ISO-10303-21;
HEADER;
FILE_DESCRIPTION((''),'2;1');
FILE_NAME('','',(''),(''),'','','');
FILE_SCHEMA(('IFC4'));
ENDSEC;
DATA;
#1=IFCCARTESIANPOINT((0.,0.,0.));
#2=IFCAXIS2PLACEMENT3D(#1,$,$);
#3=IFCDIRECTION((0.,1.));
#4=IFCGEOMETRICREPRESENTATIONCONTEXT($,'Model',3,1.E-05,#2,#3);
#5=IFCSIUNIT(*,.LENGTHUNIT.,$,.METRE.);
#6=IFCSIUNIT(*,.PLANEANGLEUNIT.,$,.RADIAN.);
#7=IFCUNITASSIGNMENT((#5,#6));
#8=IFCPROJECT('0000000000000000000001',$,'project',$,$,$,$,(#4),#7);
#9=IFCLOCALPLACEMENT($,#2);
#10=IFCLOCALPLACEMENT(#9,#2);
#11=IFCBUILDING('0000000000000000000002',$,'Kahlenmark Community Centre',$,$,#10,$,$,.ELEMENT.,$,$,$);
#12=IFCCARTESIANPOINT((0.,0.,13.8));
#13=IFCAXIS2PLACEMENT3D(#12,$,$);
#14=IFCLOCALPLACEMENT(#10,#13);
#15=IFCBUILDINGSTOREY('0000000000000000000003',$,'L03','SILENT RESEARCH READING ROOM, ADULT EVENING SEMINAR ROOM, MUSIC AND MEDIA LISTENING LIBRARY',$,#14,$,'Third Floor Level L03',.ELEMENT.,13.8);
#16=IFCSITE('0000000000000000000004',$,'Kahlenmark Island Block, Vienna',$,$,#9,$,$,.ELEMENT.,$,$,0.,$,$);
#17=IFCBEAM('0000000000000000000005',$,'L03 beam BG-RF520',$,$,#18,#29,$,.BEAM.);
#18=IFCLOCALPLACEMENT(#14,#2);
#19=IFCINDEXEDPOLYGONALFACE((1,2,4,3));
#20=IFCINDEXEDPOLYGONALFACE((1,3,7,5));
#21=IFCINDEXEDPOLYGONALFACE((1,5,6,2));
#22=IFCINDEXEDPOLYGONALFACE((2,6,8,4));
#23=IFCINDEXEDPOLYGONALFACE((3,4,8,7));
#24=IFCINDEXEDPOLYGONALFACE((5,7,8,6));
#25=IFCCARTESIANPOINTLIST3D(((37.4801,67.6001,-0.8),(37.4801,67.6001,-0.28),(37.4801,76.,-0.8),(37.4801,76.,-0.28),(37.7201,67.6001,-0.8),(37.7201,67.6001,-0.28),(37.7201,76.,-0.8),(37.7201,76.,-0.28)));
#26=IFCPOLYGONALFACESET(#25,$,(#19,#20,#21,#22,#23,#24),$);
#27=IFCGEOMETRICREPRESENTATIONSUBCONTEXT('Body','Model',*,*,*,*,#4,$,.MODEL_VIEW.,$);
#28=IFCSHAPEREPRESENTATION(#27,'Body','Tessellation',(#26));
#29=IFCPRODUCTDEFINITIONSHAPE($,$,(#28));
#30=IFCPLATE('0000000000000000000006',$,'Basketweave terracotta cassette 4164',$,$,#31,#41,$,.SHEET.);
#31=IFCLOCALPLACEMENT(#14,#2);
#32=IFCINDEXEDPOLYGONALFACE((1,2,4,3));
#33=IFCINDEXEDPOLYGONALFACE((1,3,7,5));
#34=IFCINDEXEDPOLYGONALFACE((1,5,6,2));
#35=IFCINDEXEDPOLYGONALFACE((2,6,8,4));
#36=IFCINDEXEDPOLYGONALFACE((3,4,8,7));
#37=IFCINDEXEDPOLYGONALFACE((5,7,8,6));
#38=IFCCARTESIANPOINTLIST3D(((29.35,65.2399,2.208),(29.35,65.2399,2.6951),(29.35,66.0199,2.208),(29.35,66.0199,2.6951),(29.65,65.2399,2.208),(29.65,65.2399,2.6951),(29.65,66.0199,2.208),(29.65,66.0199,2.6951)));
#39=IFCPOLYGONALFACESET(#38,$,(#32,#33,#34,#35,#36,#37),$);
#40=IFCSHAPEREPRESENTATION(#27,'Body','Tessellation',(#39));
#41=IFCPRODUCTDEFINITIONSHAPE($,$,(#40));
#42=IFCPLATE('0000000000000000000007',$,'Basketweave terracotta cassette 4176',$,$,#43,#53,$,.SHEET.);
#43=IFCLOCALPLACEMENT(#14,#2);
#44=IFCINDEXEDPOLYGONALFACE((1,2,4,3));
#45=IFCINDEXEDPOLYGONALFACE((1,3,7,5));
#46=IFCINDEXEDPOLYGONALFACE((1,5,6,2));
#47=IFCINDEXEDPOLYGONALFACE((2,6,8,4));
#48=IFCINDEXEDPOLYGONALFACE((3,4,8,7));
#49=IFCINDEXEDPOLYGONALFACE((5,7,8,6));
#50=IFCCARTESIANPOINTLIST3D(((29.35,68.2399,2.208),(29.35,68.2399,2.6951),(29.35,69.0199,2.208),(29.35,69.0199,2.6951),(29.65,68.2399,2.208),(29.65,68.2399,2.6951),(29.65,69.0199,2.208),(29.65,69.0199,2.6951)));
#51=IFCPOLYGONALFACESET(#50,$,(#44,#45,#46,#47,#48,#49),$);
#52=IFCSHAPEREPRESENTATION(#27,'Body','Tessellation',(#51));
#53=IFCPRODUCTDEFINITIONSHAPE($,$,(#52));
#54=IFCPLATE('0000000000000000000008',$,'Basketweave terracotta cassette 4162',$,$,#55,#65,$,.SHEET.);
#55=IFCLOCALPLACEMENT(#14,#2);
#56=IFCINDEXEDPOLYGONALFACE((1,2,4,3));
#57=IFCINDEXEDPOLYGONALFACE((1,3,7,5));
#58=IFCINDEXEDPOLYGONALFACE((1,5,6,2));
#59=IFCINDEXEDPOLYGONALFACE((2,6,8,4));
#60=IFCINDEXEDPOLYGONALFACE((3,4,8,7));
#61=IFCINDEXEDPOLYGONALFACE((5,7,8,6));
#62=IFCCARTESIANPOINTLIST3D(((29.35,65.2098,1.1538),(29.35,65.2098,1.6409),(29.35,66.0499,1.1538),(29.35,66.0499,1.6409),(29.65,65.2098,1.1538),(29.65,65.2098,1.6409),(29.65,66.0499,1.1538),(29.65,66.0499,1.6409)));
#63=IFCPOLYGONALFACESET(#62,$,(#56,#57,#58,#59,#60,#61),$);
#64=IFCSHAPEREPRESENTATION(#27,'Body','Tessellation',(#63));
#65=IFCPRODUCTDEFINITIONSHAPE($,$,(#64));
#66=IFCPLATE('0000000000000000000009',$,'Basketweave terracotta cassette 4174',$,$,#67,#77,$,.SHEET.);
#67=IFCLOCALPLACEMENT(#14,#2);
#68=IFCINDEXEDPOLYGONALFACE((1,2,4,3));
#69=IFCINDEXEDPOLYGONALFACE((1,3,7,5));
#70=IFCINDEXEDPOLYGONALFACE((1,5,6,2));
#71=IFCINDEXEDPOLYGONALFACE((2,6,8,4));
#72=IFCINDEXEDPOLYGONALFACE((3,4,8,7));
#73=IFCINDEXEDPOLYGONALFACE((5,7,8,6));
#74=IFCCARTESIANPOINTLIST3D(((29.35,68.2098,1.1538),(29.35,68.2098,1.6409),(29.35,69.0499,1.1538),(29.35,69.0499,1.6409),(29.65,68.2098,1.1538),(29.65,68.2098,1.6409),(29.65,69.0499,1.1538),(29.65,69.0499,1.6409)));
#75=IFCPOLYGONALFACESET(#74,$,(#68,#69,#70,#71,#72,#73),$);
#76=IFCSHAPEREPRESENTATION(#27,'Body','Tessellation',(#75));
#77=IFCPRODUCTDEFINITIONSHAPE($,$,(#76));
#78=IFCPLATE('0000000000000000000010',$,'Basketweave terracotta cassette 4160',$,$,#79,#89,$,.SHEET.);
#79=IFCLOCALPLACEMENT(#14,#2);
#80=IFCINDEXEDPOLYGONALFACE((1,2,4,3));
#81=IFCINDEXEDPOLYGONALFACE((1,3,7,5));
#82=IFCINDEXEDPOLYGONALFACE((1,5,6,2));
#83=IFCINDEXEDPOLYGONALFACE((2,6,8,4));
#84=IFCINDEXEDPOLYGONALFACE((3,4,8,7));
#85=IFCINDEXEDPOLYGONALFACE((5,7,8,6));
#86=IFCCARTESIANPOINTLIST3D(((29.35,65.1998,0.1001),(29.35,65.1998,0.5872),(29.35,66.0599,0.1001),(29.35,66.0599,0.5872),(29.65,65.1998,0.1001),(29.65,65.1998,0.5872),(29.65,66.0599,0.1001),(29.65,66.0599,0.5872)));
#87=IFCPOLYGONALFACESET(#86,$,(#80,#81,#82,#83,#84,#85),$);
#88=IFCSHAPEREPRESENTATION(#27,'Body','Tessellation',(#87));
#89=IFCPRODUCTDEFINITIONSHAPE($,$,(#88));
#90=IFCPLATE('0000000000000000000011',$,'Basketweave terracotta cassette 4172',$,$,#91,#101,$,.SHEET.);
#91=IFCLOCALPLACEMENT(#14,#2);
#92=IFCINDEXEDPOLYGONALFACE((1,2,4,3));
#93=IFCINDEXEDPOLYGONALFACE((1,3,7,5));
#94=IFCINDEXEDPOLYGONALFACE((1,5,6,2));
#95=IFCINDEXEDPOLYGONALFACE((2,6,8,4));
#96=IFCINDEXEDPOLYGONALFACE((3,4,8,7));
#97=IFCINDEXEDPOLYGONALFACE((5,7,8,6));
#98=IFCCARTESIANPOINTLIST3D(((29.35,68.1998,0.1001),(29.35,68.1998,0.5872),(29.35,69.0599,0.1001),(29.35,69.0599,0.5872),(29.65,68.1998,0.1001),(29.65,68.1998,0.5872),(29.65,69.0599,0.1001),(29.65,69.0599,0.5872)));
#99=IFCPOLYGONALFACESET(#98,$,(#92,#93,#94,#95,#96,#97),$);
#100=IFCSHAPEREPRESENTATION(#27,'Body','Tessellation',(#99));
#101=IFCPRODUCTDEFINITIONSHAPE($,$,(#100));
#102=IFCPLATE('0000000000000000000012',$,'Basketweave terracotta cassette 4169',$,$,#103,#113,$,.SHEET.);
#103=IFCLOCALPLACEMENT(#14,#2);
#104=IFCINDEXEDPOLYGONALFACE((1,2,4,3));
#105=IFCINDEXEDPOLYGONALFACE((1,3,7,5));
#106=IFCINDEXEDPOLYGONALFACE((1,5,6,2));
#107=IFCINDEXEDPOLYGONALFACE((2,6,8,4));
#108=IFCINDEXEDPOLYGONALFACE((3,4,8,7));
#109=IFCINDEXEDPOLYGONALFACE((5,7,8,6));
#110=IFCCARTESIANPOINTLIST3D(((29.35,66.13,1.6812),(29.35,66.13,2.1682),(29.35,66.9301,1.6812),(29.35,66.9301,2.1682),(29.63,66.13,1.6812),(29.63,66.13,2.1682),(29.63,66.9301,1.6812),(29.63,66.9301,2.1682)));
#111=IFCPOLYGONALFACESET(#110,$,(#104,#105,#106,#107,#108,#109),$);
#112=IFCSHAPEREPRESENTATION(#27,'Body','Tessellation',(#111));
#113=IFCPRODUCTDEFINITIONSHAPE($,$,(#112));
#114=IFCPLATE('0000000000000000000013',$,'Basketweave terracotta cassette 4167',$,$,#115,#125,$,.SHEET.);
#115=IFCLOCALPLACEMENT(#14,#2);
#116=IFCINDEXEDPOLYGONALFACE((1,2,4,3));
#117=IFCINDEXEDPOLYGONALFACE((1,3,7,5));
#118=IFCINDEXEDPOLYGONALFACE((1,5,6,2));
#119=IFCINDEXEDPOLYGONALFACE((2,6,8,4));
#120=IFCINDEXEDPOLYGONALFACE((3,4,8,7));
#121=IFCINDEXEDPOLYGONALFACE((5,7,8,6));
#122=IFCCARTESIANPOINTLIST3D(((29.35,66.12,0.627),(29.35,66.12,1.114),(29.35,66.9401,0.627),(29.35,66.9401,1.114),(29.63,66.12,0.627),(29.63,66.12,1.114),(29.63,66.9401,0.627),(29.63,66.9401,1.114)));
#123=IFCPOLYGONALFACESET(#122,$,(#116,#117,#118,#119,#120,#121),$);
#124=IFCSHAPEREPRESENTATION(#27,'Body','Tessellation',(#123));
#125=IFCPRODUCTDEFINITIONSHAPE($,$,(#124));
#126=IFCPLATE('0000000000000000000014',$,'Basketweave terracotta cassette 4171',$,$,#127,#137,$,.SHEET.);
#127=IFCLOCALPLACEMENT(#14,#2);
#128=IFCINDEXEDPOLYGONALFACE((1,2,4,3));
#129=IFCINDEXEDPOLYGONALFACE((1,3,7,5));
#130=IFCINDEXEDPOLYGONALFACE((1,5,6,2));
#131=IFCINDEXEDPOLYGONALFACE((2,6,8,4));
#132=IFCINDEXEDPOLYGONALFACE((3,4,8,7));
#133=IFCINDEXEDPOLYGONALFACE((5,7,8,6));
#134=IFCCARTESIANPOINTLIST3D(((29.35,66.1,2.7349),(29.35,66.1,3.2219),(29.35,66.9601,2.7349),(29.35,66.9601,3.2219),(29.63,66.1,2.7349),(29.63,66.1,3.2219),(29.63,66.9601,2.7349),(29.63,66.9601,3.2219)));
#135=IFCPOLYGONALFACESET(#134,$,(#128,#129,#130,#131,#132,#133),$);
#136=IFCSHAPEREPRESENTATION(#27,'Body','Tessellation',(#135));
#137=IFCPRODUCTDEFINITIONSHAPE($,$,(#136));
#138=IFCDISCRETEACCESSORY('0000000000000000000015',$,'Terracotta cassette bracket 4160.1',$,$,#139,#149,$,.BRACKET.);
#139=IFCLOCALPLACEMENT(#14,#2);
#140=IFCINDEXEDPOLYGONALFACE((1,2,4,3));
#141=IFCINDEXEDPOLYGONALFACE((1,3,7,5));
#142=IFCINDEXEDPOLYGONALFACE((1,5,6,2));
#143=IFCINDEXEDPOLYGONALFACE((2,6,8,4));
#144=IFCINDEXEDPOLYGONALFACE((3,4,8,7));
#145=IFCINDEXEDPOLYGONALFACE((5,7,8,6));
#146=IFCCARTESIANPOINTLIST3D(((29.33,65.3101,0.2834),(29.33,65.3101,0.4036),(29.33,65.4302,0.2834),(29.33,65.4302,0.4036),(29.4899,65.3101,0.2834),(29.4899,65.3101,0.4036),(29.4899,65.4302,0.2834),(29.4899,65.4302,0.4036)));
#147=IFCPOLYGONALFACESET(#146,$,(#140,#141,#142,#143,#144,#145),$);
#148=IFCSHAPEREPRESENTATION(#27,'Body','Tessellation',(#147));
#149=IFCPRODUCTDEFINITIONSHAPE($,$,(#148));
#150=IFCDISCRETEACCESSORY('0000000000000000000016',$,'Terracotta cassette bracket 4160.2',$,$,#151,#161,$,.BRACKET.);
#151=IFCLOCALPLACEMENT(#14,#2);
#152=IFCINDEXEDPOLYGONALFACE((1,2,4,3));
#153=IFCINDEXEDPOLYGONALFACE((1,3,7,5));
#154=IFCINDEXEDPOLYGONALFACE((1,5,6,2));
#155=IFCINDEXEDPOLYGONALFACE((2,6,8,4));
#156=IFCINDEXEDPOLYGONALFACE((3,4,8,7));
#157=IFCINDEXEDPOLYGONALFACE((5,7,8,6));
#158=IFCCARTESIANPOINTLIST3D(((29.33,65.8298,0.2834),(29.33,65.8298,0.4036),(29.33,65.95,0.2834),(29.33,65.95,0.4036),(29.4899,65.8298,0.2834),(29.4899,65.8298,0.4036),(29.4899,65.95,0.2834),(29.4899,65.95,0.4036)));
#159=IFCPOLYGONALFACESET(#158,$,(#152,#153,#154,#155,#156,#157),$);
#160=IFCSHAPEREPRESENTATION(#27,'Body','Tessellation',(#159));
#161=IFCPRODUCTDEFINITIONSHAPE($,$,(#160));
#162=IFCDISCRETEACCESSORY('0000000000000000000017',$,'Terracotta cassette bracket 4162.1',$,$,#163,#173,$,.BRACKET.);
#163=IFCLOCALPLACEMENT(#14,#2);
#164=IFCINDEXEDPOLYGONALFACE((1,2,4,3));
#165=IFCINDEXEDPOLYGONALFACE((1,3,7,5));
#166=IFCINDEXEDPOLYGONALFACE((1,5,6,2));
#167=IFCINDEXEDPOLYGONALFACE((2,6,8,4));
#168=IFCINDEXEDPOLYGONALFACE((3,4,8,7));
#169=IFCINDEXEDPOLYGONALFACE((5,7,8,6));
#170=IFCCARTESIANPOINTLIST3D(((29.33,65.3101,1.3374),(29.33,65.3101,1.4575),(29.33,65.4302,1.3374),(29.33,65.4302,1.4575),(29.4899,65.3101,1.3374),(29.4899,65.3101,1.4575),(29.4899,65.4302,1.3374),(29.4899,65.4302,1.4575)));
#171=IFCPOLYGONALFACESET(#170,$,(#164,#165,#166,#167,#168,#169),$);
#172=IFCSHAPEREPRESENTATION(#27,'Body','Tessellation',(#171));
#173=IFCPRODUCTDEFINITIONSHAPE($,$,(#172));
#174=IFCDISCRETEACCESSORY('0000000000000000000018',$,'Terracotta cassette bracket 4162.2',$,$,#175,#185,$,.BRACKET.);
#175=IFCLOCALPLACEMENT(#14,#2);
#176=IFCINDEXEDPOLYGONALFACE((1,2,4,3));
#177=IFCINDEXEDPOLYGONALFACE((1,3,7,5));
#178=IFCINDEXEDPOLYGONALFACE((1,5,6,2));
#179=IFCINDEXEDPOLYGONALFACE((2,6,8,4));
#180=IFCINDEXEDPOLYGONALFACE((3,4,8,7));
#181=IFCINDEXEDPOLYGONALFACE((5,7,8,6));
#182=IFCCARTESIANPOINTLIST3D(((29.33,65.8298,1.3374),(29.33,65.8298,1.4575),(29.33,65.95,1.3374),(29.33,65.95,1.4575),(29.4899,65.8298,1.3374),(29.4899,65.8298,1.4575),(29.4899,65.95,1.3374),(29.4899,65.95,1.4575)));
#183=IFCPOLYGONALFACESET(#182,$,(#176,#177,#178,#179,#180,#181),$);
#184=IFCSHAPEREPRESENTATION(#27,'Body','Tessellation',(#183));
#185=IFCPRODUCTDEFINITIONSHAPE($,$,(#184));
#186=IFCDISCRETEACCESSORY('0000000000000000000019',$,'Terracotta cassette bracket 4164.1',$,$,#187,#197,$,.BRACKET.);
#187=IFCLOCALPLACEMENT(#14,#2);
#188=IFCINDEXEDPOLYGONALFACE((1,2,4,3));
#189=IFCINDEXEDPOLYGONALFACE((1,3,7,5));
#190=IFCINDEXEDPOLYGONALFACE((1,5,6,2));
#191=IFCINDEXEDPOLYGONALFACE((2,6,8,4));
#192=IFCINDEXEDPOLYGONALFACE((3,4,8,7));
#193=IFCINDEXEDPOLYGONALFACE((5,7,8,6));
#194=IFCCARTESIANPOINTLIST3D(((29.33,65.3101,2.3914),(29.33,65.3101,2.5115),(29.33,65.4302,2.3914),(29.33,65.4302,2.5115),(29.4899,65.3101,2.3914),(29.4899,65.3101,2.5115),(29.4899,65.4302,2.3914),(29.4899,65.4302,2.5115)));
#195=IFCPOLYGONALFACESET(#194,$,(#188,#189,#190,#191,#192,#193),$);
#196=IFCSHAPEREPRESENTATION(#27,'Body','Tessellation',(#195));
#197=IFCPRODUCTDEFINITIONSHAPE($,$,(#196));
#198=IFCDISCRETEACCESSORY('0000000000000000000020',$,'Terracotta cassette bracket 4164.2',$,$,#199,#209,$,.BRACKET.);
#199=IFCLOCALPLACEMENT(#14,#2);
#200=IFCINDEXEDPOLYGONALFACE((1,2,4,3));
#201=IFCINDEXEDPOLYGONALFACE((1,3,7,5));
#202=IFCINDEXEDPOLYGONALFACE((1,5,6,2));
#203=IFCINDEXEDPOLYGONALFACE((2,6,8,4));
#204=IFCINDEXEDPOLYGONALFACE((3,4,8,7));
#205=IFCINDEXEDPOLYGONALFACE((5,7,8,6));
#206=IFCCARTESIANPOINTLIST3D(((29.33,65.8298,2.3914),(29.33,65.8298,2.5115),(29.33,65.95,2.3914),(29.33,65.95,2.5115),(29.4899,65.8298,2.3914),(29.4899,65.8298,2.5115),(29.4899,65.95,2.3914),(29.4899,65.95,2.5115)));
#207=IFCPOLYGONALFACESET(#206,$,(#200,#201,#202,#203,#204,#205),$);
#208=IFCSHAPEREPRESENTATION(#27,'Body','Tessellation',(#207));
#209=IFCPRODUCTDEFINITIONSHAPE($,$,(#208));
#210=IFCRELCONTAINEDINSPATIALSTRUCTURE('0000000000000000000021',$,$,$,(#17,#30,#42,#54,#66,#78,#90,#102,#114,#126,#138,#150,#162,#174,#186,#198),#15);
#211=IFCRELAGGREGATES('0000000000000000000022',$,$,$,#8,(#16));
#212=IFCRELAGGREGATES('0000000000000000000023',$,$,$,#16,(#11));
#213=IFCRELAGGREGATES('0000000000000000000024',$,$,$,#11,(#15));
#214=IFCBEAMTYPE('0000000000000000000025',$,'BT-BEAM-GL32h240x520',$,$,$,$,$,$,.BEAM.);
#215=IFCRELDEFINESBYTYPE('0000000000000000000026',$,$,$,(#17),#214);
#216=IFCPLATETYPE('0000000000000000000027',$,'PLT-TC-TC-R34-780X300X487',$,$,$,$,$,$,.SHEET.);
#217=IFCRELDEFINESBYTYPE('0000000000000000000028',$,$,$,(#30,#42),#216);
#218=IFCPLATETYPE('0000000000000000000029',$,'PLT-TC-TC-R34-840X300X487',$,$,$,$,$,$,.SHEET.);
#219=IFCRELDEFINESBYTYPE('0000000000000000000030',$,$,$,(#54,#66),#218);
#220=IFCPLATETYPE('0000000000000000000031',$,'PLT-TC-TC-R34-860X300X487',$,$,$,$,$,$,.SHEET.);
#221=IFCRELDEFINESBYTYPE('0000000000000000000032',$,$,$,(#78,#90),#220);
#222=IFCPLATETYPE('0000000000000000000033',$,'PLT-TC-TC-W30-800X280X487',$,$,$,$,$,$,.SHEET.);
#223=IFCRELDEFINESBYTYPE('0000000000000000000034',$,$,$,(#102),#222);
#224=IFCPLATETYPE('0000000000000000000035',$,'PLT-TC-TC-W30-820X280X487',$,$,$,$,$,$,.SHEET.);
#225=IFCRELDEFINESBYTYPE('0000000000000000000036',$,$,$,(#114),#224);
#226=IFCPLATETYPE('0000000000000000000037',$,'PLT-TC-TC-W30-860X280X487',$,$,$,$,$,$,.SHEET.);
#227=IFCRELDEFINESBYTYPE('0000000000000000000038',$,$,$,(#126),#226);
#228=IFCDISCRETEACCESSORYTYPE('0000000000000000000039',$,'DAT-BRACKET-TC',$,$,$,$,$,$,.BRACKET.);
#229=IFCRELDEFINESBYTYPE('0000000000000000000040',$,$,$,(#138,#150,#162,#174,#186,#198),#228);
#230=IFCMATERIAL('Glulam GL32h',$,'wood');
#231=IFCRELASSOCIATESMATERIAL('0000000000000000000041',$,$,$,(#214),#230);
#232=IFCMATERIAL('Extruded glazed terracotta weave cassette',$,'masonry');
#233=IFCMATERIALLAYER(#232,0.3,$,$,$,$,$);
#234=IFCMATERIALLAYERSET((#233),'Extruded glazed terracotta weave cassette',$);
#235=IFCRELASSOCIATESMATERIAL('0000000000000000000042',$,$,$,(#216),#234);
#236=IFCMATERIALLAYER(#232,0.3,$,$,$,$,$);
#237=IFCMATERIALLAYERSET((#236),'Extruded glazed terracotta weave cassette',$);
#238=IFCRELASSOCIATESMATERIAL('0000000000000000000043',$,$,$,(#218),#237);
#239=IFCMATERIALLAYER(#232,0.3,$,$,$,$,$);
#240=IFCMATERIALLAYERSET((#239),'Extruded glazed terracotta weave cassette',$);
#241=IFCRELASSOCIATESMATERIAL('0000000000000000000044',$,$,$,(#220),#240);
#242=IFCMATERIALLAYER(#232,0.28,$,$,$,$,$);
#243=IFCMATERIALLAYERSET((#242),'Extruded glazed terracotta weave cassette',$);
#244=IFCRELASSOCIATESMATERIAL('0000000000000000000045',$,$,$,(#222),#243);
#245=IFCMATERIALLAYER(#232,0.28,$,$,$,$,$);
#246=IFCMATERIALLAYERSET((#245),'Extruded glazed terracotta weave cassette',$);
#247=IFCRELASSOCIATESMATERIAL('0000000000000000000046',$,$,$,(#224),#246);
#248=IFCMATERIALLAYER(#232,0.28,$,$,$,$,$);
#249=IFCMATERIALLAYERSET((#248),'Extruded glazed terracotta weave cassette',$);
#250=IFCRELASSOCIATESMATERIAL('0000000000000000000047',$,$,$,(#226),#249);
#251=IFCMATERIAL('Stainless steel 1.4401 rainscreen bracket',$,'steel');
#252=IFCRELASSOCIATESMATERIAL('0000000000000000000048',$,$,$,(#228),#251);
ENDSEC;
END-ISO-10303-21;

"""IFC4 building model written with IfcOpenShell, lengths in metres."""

from ifc_helpers import new_model, si_unit, direction, frame, origin, origin_2d, place, context, subcontext, project, spatial, rectangle, extrude, material, layer, layer_set, material_profile, profile_set, type_object, element, save


model = new_model("IFC4")

# Units and contexts
model_context = context("Model", 3, precision=1e-05, world=origin(), true_north=direction((0.0, 1.0)))
body_context = subcontext(model_context, "Body", "Model", "MODEL_VIEW")
ifc_project = project(units=[si_unit("LENGTHUNIT", "METRE"), si_unit("PLANEANGLEUNIT", "RADIAN")], contexts=[model_context])

# Site, building, storey
site_placement = place(None, origin())
site = spatial("IfcSite", under=ifc_project, at=site_placement, Name="Kahlenmark Island Block, Vienna", CompositionType="ELEMENT", RefElevation=0.0)
building_placement = place(site_placement, origin())
building = spatial("IfcBuilding", under=site, at=building_placement, Name="Kahlenmark Community Centre", CompositionType="ELEMENT")
storey_placement = place(building_placement, frame((0.0, 0.0, 13.8)))
storey = spatial("IfcBuildingStorey", under=building, at=storey_placement, Name="L03", Description="SILENT RESEARCH READING ROOM, ADULT EVENING SEMINAR ROOM, MUSIC AND MEDIA LISTENING LIBRARY", LongName="Third Floor Level L03", CompositionType="ELEMENT", Elevation=13.8)

# Beam
ifc_material_1 = material(Name="Glulam GL32h", Category="wood")
ifc_material_profile = material_profile(ifc_material_1, rectangle(XDim=0.24, YDim=0.52, at=origin_2d()), Name="GL32h 240x520")
ifc_profile_set = profile_set([ifc_material_profile], Name="Glulam GL32h")
beam_type = type_object("IfcBeamType", Name="BT-BEAM-GL32h240x520", PredefinedType="BEAM", material=ifc_profile_set)
beam_placement = place(storey_placement, frame((37.6001, 67.6001, -0.54), z_axis=(0.0, 1.0, 0.0), x_axis=(-1.0, 0.0, 0.0)))
element("IfcBeam", 1, at=beam_placement, inside=storey, type_object=beam_type, Name="L03 beam BG-RF520", PredefinedType="BEAM", context=body_context, shape_type="SweptSolid", body=[
    extrude(rectangle(XDim=0.24, YDim=0.52, at=origin_2d()), origin(), (0.0, 0.0, 1.0), 8.3999),
])

# Plates
ifc_material_2 = material(Name="Extruded glazed terracotta weave cassette", Category="masonry")
ifc_layer_1 = layer(ifc_material_2, 0.3)
ifc_layer_set_1 = layer_set([ifc_layer_1], Name="Extruded glazed terracotta weave cassette")
plate_type_1 = type_object("IfcPlateType", Name="PLT-TC-TC-R34-780X300X487", PredefinedType="SHEET", material=ifc_layer_set_1)
for number, where, z_axis, x_axis, name in (
    (2, (29.5, 65.6299, 2.208), (0.0, 0.0, 1.0), (0.0, 1.0, 0.0), "Basketweave terracotta cassette 4164"),
    (3, (29.5, 68.6299, 2.208), (0.0, 0.0, 1.0), (0.0, 1.0, 0.0), "Basketweave terracotta cassette 4176"),
):
    element("IfcPlate", number, at=place(storey_placement, frame(where, z_axis=z_axis, x_axis=x_axis)), inside=storey, type_object=plate_type_1, Name=name, PredefinedType="SHEET", context=body_context, shape_type="SweptSolid", body=[
        extrude(rectangle(XDim=0.78, YDim=0.3, at=origin_2d()), origin(), (0.0, 0.0, 1.0), 0.4871),
    ])
ifc_layer_2 = layer(ifc_material_2, 0.3)
ifc_layer_set_2 = layer_set([ifc_layer_2], Name="Extruded glazed terracotta weave cassette")
plate_type_2 = type_object("IfcPlateType", Name="PLT-TC-TC-R34-840X300X487", PredefinedType="SHEET", material=ifc_layer_set_2)
for number, where, z_axis, x_axis, name in (
    (4, (29.5, 65.6299, 1.1538), (0.0, 0.0, 1.0), (0.0, 1.0, 0.0), "Basketweave terracotta cassette 4162"),
    (5, (29.5, 68.6299, 1.1538), (0.0, 0.0, 1.0), (0.0, 1.0, 0.0), "Basketweave terracotta cassette 4174"),
):
    element("IfcPlate", number, at=place(storey_placement, frame(where, z_axis=z_axis, x_axis=x_axis)), inside=storey, type_object=plate_type_2, Name=name, PredefinedType="SHEET", context=body_context, shape_type="SweptSolid", body=[
        extrude(rectangle(XDim=0.8401, YDim=0.3, at=origin_2d()), origin(), (0.0, 0.0, 1.0), 0.4871),
    ])
ifc_layer_3 = layer(ifc_material_2, 0.3)
ifc_layer_set_3 = layer_set([ifc_layer_3], Name="Extruded glazed terracotta weave cassette")
plate_type_3 = type_object("IfcPlateType", Name="PLT-TC-TC-R34-860X300X487", PredefinedType="SHEET", material=ifc_layer_set_3)
for number, where, z_axis, x_axis, name in (
    (6, (29.5, 65.6299, 0.1001), (0.0, 0.0, 1.0), (0.0, 1.0, 0.0), "Basketweave terracotta cassette 4160"),
    (7, (29.5, 68.6299, 0.1001), (0.0, 0.0, 1.0), (0.0, 1.0, 0.0), "Basketweave terracotta cassette 4172"),
):
    element("IfcPlate", number, at=place(storey_placement, frame(where, z_axis=z_axis, x_axis=x_axis)), inside=storey, type_object=plate_type_3, Name=name, PredefinedType="SHEET", context=body_context, shape_type="SweptSolid", body=[
        extrude(rectangle(XDim=0.8601, YDim=0.3, at=origin_2d()), origin(), (0.0, 0.0, 1.0), 0.4871),
    ])
ifc_layer_4 = layer(ifc_material_2, 0.28)
ifc_layer_set_4 = layer_set([ifc_layer_4], Name="Extruded glazed terracotta weave cassette")
plate_type_4 = type_object("IfcPlateType", Name="PLT-TC-TC-W30-800X280X487", PredefinedType="SHEET", material=ifc_layer_set_4)
plate_1_placement = place(storey_placement, frame((29.49, 66.53, 1.6812), z_axis=(0.0, 0.0, 1.0), x_axis=(0.0, 1.0, 0.0)))
element("IfcPlate", 8, at=plate_1_placement, inside=storey, type_object=plate_type_4, Name="Basketweave terracotta cassette 4169", PredefinedType="SHEET", context=body_context, shape_type="SweptSolid", body=[
    extrude(rectangle(XDim=0.8, YDim=0.28, at=origin_2d()), origin(), (0.0, 0.0, 1.0), 0.4871),
])
ifc_layer_5 = layer(ifc_material_2, 0.28)
ifc_layer_set_5 = layer_set([ifc_layer_5], Name="Extruded glazed terracotta weave cassette")
plate_type_5 = type_object("IfcPlateType", Name="PLT-TC-TC-W30-820X280X487", PredefinedType="SHEET", material=ifc_layer_set_5)
plate_2_placement = place(storey_placement, frame((29.49, 66.53, 0.627), z_axis=(0.0, 0.0, 1.0), x_axis=(0.0, 1.0, 0.0)))
element("IfcPlate", 9, at=plate_2_placement, inside=storey, type_object=plate_type_5, Name="Basketweave terracotta cassette 4167", PredefinedType="SHEET", context=body_context, shape_type="SweptSolid", body=[
    extrude(rectangle(XDim=0.8201, YDim=0.28, at=origin_2d()), origin(), (0.0, 0.0, 1.0), 0.4871),
])
ifc_layer_6 = layer(ifc_material_2, 0.28)
ifc_layer_set_6 = layer_set([ifc_layer_6], Name="Extruded glazed terracotta weave cassette")
plate_type_6 = type_object("IfcPlateType", Name="PLT-TC-TC-W30-860X280X487", PredefinedType="SHEET", material=ifc_layer_set_6)
plate_3_placement = place(storey_placement, frame((29.49, 66.53, 2.7349), z_axis=(0.0, 0.0, 1.0), x_axis=(0.0, 1.0, 0.0)))
element("IfcPlate", 10, at=plate_3_placement, inside=storey, type_object=plate_type_6, Name="Basketweave terracotta cassette 4171", PredefinedType="SHEET", context=body_context, shape_type="SweptSolid", body=[
    extrude(rectangle(XDim=0.8601, YDim=0.28, at=origin_2d()), origin(), (0.0, 0.0, 1.0), 0.4871),
])

# Discrete accessories
ifc_material_3 = material(Name="Stainless steel 1.4401 rainscreen bracket", Category="steel")
discrete_accessory_type = type_object("IfcDiscreteAccessoryType", Name="DAT-BRACKET-TC", PredefinedType="BRACKET", material=ifc_material_3)
for number, where, z_axis, x_axis, name in (
    (11, (29.4099, 65.3701, 0.2834), (0.0, 0.0, 1.0), (0.0, 1.0, 0.0), "Terracotta cassette bracket 4160.1"),
    (12, (29.4099, 65.8899, 0.2834), (0.0, 0.0, 1.0), (0.0, 1.0, 0.0), "Terracotta cassette bracket 4160.2"),
    (13, (29.4099, 65.3701, 1.3374), (0.0, 0.0, 1.0), (0.0, 1.0, 0.0), "Terracotta cassette bracket 4162.1"),
    (14, (29.4099, 65.8899, 1.3374), (0.0, 0.0, 1.0), (0.0, 1.0, 0.0), "Terracotta cassette bracket 4162.2"),
    (15, (29.4099, 65.3701, 2.3914), (0.0, 0.0, 1.0), (0.0, 1.0, 0.0), "Terracotta cassette bracket 4164.1"),
    (16, (29.4099, 65.8899, 2.3914), (0.0, 0.0, 1.0), (0.0, 1.0, 0.0), "Terracotta cassette bracket 4164.2"),
):
    element("IfcDiscreteAccessory", number, at=place(storey_placement, frame(where, z_axis=z_axis, x_axis=x_axis)), inside=storey, type_object=discrete_accessory_type, Name=name, PredefinedType="BRACKET", context=body_context, shape_type="SweptSolid", body=[
        extrude(rectangle(XDim=0.1201, YDim=0.1599, at=origin_2d()), origin(), (0.0, 0.0, 1.0), 0.1201),
    ])

save(model, "model.ifc")
